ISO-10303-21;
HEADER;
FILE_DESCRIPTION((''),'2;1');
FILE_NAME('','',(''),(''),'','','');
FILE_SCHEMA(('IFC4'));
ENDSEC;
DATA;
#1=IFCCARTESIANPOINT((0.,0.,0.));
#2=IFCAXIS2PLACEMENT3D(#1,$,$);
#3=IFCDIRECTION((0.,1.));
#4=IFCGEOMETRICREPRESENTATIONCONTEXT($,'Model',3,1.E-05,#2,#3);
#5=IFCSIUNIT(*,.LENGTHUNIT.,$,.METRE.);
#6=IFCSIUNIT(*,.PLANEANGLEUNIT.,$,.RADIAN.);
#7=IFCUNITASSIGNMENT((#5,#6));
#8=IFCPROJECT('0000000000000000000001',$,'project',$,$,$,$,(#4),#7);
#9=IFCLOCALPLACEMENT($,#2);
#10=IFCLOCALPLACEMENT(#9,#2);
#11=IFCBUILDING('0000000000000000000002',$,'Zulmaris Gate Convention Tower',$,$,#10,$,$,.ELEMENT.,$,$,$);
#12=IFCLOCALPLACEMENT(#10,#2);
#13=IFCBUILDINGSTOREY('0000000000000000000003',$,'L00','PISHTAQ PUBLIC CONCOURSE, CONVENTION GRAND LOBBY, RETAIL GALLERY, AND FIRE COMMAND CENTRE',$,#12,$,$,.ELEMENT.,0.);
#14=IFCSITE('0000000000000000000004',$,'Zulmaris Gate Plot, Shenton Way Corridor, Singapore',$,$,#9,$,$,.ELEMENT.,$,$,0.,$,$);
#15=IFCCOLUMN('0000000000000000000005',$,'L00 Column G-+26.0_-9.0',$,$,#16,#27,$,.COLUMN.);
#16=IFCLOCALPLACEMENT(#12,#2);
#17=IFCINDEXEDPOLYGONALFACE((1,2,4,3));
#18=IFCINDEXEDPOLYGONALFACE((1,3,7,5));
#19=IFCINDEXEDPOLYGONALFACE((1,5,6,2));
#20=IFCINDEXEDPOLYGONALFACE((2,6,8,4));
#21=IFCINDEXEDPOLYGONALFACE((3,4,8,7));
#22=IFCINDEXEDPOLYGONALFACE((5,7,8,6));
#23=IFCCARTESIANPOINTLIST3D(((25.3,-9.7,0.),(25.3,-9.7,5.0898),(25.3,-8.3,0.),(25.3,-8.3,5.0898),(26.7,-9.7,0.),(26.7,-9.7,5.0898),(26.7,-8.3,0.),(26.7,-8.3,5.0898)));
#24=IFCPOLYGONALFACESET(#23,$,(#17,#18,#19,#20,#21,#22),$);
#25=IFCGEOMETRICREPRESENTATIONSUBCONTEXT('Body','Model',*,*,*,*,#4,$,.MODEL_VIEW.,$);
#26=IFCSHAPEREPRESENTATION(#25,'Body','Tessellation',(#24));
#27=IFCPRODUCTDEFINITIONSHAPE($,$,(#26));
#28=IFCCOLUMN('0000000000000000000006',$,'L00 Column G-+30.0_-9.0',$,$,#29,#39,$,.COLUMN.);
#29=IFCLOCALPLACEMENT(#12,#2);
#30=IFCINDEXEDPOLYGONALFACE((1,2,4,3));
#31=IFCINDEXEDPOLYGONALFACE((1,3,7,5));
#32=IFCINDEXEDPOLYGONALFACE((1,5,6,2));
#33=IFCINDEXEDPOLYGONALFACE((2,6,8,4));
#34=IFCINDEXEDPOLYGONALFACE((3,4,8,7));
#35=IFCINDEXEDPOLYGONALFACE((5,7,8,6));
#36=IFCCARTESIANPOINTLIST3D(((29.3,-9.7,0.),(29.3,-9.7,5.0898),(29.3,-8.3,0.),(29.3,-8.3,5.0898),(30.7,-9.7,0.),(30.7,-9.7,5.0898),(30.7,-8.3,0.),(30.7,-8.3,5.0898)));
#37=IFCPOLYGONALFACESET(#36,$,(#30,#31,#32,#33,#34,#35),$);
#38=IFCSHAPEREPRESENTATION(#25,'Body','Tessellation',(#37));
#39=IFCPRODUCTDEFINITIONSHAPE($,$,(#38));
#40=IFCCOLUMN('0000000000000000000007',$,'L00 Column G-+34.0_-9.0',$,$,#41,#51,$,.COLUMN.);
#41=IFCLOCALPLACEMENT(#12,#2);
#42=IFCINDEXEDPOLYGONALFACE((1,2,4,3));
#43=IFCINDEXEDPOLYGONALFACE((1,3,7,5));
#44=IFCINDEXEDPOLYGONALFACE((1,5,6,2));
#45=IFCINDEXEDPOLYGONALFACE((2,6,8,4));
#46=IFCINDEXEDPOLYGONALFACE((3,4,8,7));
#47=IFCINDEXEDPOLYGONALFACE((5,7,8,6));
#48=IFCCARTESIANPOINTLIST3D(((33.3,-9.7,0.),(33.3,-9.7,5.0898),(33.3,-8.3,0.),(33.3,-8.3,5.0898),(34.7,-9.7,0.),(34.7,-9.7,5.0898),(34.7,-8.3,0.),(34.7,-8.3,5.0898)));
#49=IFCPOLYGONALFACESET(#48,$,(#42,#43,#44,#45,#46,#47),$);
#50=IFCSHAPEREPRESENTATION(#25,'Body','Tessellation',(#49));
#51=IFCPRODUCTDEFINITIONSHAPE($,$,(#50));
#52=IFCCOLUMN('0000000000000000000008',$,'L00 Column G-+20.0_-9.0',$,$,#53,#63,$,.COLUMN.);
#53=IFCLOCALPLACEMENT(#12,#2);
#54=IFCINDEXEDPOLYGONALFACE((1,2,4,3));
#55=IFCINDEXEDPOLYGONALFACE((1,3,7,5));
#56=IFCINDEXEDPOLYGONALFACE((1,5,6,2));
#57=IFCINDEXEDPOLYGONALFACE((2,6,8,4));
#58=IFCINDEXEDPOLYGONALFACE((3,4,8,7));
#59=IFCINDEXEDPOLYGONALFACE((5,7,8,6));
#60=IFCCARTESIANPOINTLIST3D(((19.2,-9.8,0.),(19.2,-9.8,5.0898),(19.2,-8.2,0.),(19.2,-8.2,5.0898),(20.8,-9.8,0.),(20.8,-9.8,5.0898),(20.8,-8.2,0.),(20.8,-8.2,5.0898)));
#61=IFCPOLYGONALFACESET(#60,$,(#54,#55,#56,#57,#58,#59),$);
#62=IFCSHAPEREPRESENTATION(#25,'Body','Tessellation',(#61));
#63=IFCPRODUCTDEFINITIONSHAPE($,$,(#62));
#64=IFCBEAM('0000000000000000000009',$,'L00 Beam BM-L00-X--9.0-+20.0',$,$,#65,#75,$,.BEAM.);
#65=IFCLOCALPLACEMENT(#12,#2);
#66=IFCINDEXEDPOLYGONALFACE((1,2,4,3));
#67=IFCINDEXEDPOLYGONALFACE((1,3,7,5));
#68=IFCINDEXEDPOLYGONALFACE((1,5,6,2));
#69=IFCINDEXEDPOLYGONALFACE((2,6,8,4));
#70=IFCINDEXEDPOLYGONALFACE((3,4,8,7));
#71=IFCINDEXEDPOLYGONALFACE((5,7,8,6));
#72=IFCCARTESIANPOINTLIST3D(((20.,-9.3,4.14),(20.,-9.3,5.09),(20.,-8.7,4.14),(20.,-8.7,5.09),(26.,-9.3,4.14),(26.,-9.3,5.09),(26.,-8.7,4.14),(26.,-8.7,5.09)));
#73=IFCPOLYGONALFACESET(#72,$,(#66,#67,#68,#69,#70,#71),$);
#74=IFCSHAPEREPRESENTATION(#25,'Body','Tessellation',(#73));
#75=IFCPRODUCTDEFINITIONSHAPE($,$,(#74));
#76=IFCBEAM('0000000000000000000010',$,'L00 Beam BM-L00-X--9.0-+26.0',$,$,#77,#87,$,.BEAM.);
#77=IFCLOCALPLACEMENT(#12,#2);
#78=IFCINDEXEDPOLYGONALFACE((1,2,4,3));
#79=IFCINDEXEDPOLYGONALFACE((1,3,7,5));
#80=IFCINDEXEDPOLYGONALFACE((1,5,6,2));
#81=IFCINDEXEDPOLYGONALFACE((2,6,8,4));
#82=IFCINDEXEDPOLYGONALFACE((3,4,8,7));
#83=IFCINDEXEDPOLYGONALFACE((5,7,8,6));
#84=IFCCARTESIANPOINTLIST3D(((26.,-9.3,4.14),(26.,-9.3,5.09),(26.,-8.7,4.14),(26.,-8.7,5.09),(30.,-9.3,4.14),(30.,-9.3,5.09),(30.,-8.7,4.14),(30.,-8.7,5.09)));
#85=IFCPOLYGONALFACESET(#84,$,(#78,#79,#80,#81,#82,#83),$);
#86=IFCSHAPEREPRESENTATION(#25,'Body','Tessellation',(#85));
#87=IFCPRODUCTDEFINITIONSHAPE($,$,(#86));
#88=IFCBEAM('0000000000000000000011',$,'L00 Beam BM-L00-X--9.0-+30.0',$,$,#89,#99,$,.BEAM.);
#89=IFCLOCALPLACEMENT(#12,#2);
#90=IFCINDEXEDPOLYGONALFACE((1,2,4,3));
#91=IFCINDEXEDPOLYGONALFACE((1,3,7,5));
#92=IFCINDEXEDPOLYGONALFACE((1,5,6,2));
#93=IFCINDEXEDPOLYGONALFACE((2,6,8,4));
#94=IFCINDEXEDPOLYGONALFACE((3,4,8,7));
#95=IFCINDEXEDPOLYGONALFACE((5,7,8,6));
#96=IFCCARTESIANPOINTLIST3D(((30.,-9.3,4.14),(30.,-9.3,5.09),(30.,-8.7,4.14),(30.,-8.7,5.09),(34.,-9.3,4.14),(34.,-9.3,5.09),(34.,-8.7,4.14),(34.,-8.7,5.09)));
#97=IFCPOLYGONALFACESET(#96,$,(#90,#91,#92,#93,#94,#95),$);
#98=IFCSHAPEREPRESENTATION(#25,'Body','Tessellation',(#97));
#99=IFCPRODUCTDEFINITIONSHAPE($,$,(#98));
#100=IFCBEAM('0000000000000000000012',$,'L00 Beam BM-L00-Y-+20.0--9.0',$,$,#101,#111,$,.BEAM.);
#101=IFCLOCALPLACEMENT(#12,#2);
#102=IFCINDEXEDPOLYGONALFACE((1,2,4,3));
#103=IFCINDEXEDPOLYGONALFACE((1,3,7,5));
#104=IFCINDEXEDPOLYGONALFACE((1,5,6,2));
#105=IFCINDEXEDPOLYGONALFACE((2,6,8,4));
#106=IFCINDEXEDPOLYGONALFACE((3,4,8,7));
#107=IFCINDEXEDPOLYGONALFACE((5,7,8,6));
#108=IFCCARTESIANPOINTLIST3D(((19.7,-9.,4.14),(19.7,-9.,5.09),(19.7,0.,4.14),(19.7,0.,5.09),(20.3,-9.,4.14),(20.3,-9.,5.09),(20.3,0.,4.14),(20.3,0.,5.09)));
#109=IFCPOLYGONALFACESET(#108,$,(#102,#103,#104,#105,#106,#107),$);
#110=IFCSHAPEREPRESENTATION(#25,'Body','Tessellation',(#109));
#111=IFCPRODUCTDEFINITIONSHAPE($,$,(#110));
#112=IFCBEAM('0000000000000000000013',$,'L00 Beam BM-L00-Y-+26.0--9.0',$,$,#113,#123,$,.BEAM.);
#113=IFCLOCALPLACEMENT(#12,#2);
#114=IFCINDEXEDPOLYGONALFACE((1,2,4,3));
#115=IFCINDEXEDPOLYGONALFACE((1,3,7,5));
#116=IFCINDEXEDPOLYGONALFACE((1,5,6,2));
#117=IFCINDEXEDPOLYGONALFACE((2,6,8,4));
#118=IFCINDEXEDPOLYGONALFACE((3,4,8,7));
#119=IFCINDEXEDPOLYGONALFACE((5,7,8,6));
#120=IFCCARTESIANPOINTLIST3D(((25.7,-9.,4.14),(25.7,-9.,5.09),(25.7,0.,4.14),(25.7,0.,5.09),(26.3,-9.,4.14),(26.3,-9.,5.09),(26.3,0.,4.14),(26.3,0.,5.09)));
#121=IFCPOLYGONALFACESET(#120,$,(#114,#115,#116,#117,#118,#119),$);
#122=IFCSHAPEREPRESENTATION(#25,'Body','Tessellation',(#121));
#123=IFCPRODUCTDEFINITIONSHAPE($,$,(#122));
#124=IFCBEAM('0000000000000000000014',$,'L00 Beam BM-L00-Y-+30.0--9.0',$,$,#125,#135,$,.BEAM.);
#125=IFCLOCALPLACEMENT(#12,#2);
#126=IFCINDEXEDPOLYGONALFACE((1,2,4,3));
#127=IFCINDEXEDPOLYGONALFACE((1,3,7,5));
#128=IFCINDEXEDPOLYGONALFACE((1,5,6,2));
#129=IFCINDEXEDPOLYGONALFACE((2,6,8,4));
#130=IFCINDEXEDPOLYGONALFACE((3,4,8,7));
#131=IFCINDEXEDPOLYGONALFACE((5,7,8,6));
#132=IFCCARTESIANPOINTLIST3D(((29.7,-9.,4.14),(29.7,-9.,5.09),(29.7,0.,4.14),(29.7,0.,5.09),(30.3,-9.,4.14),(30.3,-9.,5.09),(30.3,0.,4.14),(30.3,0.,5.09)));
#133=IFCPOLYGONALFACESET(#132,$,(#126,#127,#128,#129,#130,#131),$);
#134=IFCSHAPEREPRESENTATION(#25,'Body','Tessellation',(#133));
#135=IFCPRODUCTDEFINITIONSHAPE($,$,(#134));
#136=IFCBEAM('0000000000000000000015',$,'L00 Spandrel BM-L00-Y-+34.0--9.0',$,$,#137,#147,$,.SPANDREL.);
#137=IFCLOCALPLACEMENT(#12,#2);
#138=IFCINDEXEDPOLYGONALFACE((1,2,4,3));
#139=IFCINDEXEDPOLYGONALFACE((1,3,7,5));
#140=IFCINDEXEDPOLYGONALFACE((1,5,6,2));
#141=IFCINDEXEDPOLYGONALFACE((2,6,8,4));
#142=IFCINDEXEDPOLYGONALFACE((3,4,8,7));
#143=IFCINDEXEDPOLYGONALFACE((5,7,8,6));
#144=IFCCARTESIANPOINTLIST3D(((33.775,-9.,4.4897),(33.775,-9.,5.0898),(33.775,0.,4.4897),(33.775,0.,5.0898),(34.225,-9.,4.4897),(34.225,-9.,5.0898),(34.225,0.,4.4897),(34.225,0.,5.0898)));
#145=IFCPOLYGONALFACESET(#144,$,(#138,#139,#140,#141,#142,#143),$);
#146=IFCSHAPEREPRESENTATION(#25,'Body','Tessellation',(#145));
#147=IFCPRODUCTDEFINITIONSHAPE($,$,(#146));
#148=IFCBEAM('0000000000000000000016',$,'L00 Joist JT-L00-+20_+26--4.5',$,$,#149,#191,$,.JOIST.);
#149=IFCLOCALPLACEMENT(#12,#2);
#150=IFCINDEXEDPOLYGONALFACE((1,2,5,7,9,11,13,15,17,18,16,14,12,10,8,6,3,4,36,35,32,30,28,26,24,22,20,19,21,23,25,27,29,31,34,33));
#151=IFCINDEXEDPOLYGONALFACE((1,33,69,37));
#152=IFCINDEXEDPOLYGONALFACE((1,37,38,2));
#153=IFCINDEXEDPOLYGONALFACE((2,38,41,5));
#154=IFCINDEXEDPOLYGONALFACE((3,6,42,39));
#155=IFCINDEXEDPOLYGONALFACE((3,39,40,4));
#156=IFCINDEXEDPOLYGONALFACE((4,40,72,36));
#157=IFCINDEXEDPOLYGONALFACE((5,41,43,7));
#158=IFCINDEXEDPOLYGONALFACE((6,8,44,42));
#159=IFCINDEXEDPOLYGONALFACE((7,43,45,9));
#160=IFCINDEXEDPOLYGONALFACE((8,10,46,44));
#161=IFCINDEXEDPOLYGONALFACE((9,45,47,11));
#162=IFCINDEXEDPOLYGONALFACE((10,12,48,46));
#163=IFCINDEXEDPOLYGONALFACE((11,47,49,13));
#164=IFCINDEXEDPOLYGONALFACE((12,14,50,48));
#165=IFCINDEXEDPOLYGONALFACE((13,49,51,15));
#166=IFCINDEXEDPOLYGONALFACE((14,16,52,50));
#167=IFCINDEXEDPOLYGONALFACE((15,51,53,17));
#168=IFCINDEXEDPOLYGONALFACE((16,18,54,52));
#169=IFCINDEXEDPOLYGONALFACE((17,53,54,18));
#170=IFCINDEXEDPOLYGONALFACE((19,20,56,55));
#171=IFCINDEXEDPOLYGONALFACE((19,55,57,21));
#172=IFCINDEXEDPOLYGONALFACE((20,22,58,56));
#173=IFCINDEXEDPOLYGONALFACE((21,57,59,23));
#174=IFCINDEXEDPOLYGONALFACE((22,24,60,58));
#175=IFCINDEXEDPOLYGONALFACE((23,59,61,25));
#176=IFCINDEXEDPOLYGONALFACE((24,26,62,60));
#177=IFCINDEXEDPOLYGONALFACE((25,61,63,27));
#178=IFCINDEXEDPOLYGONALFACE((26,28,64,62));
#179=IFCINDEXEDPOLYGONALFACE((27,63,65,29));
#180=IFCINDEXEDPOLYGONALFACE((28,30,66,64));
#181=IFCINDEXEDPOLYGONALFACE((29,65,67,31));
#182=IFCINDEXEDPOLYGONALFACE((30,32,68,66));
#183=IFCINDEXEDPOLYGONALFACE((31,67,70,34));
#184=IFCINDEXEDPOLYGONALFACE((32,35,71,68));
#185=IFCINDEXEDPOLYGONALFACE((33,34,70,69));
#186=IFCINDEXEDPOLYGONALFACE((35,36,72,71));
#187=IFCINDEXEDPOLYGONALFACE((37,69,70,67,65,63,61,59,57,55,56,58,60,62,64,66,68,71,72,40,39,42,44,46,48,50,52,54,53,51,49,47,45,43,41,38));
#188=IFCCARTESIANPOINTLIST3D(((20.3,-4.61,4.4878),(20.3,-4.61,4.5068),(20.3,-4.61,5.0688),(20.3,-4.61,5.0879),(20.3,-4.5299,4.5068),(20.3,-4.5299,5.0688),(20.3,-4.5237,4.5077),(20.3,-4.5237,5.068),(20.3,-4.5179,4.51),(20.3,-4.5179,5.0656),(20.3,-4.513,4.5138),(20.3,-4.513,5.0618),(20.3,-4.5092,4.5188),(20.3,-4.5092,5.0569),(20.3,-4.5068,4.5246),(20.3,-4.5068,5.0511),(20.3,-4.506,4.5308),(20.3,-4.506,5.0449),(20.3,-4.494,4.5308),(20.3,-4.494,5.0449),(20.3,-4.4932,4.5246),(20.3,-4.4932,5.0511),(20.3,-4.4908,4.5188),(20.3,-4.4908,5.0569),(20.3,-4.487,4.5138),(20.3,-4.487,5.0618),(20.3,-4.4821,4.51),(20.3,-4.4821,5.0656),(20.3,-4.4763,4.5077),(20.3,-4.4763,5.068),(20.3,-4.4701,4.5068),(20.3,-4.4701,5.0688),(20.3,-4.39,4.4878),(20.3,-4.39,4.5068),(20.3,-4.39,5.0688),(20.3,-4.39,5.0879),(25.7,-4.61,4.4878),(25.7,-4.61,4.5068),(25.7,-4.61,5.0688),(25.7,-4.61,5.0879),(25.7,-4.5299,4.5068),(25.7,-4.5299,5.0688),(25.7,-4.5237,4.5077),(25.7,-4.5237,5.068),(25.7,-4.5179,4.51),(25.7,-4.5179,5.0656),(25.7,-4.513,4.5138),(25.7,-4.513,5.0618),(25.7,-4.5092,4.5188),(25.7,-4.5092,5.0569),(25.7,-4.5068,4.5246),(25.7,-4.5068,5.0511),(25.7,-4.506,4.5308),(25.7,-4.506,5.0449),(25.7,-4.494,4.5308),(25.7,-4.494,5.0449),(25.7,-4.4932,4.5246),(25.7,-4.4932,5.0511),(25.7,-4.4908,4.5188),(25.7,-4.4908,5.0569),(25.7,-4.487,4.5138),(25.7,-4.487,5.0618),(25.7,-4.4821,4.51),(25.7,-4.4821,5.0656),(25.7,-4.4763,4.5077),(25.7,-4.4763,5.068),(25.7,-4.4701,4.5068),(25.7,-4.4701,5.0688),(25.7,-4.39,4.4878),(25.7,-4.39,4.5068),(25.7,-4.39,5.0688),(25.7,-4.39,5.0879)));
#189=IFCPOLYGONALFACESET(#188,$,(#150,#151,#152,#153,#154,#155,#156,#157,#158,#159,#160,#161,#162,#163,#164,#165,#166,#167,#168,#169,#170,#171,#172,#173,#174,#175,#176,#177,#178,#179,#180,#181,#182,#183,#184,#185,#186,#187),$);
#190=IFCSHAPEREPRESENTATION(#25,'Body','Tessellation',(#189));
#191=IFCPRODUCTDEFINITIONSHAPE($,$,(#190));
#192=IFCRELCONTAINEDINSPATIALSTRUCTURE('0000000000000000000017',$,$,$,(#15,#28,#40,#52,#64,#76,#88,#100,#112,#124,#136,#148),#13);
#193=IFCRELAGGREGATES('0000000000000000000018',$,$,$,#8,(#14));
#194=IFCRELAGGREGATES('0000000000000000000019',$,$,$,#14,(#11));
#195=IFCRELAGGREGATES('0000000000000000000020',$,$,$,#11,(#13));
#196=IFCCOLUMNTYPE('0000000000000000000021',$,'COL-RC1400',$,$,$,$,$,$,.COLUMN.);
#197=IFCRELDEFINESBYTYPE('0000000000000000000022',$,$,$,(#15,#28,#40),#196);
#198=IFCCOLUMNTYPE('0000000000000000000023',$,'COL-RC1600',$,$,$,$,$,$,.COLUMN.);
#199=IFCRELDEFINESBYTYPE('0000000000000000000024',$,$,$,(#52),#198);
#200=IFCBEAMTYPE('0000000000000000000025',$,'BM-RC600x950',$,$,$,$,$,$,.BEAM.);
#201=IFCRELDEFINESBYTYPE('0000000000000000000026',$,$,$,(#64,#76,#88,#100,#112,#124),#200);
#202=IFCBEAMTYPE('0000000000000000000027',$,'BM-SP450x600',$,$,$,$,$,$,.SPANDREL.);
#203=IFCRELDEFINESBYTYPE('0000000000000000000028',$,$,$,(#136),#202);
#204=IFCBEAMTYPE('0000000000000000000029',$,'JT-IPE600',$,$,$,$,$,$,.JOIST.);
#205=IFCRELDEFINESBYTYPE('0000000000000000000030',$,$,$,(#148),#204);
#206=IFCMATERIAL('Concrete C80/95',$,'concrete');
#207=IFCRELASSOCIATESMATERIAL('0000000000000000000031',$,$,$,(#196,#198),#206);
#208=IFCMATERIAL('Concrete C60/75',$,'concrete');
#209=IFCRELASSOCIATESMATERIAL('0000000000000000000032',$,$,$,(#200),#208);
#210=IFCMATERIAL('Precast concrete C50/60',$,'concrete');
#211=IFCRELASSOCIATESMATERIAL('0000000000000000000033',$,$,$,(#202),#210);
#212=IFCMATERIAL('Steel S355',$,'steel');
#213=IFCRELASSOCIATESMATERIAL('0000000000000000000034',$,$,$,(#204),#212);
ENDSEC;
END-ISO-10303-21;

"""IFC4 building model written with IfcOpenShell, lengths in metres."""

from ifc_helpers import new_model, si_unit, direction, frame, origin, origin_2d, place, context, subcontext, project, spatial, rectangle, i_section, extrude, material, material_profile, profile_set, type_object, element, save


model = new_model("IFC4")

# Units and contexts
model_context = context("Model", 3, precision=1e-05, world=origin(), true_north=direction((0.0, 1.0)))
body_context = subcontext(model_context, "Body", "Model", "MODEL_VIEW")
ifc_project = project(units=[si_unit("LENGTHUNIT", "METRE"), si_unit("PLANEANGLEUNIT", "RADIAN")], contexts=[model_context])

# Site, building, storey
site_placement = place(None, origin())
site = spatial("IfcSite", under=ifc_project, at=site_placement, Name="Zulmaris Gate Plot, Shenton Way Corridor, Singapore", CompositionType="ELEMENT", RefElevation=0.0)
building_placement = place(site_placement, origin())
building = spatial("IfcBuilding", under=site, at=building_placement, Name="Zulmaris Gate Convention Tower", CompositionType="ELEMENT")
storey_placement = place(building_placement, origin())
storey = spatial("IfcBuildingStorey", under=building, at=storey_placement, Name="L00", Description="PISHTAQ PUBLIC CONCOURSE, CONVENTION GRAND LOBBY, RETAIL GALLERY, AND FIRE COMMAND CENTRE", CompositionType="ELEMENT", Elevation=0.0)

# Columns
ifc_material_1 = material(Name="Concrete C80/95", Category="concrete")
ifc_material_profile_1 = material_profile(ifc_material_1, rectangle(XDim=1.3999, YDim=1.3999, at=origin_2d()), Name="RC COL 1400x1400")
ifc_profile_set_1 = profile_set([ifc_material_profile_1], Name="Concrete C80/95")
column_type_1 = type_object("IfcColumnType", Name="COL-RC1400", PredefinedType="COLUMN", material=ifc_profile_set_1)
for number, where, z_axis, x_axis, name in (
    (1, (26.0, -9.0, 0.0), (0.0, 0.0, 1.0), (1.0, 0.0, 0.0), "L00 Column G-+26.0_-9.0"),
    (2, (30.0, -9.0, 0.0), (0.0, 0.0, 1.0), (1.0, 0.0, 0.0), "L00 Column G-+30.0_-9.0"),
    (3, (34.0, -9.0, 0.0), (0.0, 0.0, 1.0), (1.0, 0.0, 0.0), "L00 Column G-+34.0_-9.0"),
):
    element("IfcColumn", number, at=place(storey_placement, frame(where, z_axis=z_axis, x_axis=x_axis)), inside=storey, type_object=column_type_1, Name=name, PredefinedType="COLUMN", context=body_context, shape_type="SweptSolid", body=[
        extrude(rectangle(XDim=1.3999, YDim=1.3999, at=origin_2d()), origin(), (0.0, 0.0, 1.0), 5.0898),
    ])
ifc_material_profile_2 = material_profile(ifc_material_1, rectangle(XDim=1.6001, YDim=1.6001, at=origin_2d()), Name="RC COL 1600x1600")
ifc_profile_set_2 = profile_set([ifc_material_profile_2], Name="Concrete C80/95")
column_type_2 = type_object("IfcColumnType", Name="COL-RC1600", PredefinedType="COLUMN", material=ifc_profile_set_2)
column_placement = place(storey_placement, frame((20.0, -9.0, 0.0), z_axis=(0.0, 0.0, 1.0), x_axis=(1.0, 0.0, 0.0)))
element("IfcColumn", 4, at=column_placement, inside=storey, type_object=column_type_2, Name="L00 Column G-+20.0_-9.0", PredefinedType="COLUMN", context=body_context, shape_type="SweptSolid", body=[
    extrude(rectangle(XDim=1.6001, YDim=1.6001, at=origin_2d()), origin(), (0.0, 0.0, 1.0), 5.0898),
])

# Beams
ifc_material_2 = material(Name="Concrete C60/75", Category="concrete")
ifc_material_profile_3 = material_profile(ifc_material_2, rectangle(XDim=0.6001, YDim=0.95, at=origin_2d()), Name="RC BEAM 600x950")
ifc_profile_set_3 = profile_set([ifc_material_profile_3], Name="Concrete C60/75")
beam_type_1 = type_object("IfcBeamType", Name="BM-RC600x950", PredefinedType="BEAM", material=ifc_profile_set_3)
beam_1_placement = place(storey_placement, frame((20.0, -9.0, 4.615), z_axis=(1.0, 0.0, 0.0), x_axis=(0.0, 1.0, 0.0)))
element("IfcBeam", 5, at=beam_1_placement, inside=storey, type_object=beam_type_1, Name="L00 Beam BM-L00-X--9.0-+20.0", PredefinedType="BEAM", context=body_context, shape_type="SweptSolid", body=[
    extrude(rectangle(XDim=0.6001, YDim=0.95, at=origin_2d()), origin(), (0.0, 0.0, 1.0), 6.0),
])
for number, where, z_axis, x_axis, name in (
    (6, (26.0, -9.0, 4.615), (1.0, 0.0, 0.0), (0.0, 1.0, 0.0), "L00 Beam BM-L00-X--9.0-+26.0"),
    (7, (30.0, -9.0, 4.615), (1.0, 0.0, 0.0), (0.0, 1.0, 0.0), "L00 Beam BM-L00-X--9.0-+30.0"),
):
    element("IfcBeam", number, at=place(storey_placement, frame(where, z_axis=z_axis, x_axis=x_axis)), inside=storey, type_object=beam_type_1, Name=name, PredefinedType="BEAM", context=body_context, shape_type="SweptSolid", body=[
        extrude(rectangle(XDim=0.6001, YDim=0.95, at=origin_2d()), origin(), (0.0, 0.0, 1.0), 4.0),
    ])
for number, where, z_axis, x_axis, name in (
    (8, (20.0, -9.0, 4.615), (0.0, 1.0, 0.0), (-1.0, 0.0, 0.0), "L00 Beam BM-L00-Y-+20.0--9.0"),
    (9, (26.0, -9.0, 4.615), (0.0, 1.0, 0.0), (-1.0, 0.0, 0.0), "L00 Beam BM-L00-Y-+26.0--9.0"),
    (10, (30.0, -9.0, 4.615), (0.0, 1.0, 0.0), (-1.0, 0.0, 0.0), "L00 Beam BM-L00-Y-+30.0--9.0"),
):
    element("IfcBeam", number, at=place(storey_placement, frame(where, z_axis=z_axis, x_axis=x_axis)), inside=storey, type_object=beam_type_1, Name=name, PredefinedType="BEAM", context=body_context, shape_type="SweptSolid", body=[
        extrude(rectangle(XDim=0.6001, YDim=0.95, at=origin_2d()), origin(), (0.0, 0.0, 1.0), 9.0),
    ])
ifc_material_3 = material(Name="Precast concrete C50/60", Category="concrete")
ifc_material_profile_4 = material_profile(ifc_material_3, rectangle(XDim=0.45, YDim=0.6001, at=origin_2d()), Name="RC SPANDREL 450x600")
ifc_profile_set_4 = profile_set([ifc_material_profile_4], Name="Precast concrete C50/60")
beam_type_2 = type_object("IfcBeamType", Name="BM-SP450x600", PredefinedType="SPANDREL", material=ifc_profile_set_4)
beam_2_placement = place(storey_placement, frame((34.0, -9.0, 4.7898), z_axis=(0.0, 1.0, 0.0), x_axis=(-1.0, 0.0, 0.0)))
element("IfcBeam", 11, at=beam_2_placement, inside=storey, type_object=beam_type_2, Name="L00 Spandrel BM-L00-Y-+34.0--9.0", PredefinedType="SPANDREL", context=body_context, shape_type="SweptSolid", body=[
    extrude(rectangle(XDim=0.45, YDim=0.6001, at=origin_2d()), origin(), (0.0, 0.0, 1.0), 9.0),
])
ifc_material_4 = material(Name="Steel S355", Category="steel")
ifc_material_profile_5 = material_profile(ifc_material_4, i_section(OverallWidth=0.22, OverallDepth=0.6001, WebThickness=0.012, FlangeThickness=0.019, FilletRadius=0.0239, at=origin_2d()), Name="IPE 600")
ifc_profile_set_5 = profile_set([ifc_material_profile_5], Name="Steel S355")
beam_type_3 = type_object("IfcBeamType", Name="JT-IPE600", PredefinedType="JOIST", material=ifc_profile_set_5)
beam_3_placement = place(storey_placement, frame((20.3, -4.5, 4.7878), z_axis=(1.0, 0.0, 0.0), x_axis=(0.0, 1.0, 0.0)))
element("IfcBeam", 12, at=beam_3_placement, inside=storey, type_object=beam_type_3, Name="L00 Joist JT-L00-+20_+26--4.5", PredefinedType="JOIST", context=body_context, shape_type="SweptSolid", body=[
    extrude(i_section(OverallWidth=0.22, OverallDepth=0.6001, WebThickness=0.012, FlangeThickness=0.019, FilletRadius=0.0239, at=origin_2d()), origin(), (0.0, 0.0, 1.0), 5.3999),
])

save(model, "model.ifc")
